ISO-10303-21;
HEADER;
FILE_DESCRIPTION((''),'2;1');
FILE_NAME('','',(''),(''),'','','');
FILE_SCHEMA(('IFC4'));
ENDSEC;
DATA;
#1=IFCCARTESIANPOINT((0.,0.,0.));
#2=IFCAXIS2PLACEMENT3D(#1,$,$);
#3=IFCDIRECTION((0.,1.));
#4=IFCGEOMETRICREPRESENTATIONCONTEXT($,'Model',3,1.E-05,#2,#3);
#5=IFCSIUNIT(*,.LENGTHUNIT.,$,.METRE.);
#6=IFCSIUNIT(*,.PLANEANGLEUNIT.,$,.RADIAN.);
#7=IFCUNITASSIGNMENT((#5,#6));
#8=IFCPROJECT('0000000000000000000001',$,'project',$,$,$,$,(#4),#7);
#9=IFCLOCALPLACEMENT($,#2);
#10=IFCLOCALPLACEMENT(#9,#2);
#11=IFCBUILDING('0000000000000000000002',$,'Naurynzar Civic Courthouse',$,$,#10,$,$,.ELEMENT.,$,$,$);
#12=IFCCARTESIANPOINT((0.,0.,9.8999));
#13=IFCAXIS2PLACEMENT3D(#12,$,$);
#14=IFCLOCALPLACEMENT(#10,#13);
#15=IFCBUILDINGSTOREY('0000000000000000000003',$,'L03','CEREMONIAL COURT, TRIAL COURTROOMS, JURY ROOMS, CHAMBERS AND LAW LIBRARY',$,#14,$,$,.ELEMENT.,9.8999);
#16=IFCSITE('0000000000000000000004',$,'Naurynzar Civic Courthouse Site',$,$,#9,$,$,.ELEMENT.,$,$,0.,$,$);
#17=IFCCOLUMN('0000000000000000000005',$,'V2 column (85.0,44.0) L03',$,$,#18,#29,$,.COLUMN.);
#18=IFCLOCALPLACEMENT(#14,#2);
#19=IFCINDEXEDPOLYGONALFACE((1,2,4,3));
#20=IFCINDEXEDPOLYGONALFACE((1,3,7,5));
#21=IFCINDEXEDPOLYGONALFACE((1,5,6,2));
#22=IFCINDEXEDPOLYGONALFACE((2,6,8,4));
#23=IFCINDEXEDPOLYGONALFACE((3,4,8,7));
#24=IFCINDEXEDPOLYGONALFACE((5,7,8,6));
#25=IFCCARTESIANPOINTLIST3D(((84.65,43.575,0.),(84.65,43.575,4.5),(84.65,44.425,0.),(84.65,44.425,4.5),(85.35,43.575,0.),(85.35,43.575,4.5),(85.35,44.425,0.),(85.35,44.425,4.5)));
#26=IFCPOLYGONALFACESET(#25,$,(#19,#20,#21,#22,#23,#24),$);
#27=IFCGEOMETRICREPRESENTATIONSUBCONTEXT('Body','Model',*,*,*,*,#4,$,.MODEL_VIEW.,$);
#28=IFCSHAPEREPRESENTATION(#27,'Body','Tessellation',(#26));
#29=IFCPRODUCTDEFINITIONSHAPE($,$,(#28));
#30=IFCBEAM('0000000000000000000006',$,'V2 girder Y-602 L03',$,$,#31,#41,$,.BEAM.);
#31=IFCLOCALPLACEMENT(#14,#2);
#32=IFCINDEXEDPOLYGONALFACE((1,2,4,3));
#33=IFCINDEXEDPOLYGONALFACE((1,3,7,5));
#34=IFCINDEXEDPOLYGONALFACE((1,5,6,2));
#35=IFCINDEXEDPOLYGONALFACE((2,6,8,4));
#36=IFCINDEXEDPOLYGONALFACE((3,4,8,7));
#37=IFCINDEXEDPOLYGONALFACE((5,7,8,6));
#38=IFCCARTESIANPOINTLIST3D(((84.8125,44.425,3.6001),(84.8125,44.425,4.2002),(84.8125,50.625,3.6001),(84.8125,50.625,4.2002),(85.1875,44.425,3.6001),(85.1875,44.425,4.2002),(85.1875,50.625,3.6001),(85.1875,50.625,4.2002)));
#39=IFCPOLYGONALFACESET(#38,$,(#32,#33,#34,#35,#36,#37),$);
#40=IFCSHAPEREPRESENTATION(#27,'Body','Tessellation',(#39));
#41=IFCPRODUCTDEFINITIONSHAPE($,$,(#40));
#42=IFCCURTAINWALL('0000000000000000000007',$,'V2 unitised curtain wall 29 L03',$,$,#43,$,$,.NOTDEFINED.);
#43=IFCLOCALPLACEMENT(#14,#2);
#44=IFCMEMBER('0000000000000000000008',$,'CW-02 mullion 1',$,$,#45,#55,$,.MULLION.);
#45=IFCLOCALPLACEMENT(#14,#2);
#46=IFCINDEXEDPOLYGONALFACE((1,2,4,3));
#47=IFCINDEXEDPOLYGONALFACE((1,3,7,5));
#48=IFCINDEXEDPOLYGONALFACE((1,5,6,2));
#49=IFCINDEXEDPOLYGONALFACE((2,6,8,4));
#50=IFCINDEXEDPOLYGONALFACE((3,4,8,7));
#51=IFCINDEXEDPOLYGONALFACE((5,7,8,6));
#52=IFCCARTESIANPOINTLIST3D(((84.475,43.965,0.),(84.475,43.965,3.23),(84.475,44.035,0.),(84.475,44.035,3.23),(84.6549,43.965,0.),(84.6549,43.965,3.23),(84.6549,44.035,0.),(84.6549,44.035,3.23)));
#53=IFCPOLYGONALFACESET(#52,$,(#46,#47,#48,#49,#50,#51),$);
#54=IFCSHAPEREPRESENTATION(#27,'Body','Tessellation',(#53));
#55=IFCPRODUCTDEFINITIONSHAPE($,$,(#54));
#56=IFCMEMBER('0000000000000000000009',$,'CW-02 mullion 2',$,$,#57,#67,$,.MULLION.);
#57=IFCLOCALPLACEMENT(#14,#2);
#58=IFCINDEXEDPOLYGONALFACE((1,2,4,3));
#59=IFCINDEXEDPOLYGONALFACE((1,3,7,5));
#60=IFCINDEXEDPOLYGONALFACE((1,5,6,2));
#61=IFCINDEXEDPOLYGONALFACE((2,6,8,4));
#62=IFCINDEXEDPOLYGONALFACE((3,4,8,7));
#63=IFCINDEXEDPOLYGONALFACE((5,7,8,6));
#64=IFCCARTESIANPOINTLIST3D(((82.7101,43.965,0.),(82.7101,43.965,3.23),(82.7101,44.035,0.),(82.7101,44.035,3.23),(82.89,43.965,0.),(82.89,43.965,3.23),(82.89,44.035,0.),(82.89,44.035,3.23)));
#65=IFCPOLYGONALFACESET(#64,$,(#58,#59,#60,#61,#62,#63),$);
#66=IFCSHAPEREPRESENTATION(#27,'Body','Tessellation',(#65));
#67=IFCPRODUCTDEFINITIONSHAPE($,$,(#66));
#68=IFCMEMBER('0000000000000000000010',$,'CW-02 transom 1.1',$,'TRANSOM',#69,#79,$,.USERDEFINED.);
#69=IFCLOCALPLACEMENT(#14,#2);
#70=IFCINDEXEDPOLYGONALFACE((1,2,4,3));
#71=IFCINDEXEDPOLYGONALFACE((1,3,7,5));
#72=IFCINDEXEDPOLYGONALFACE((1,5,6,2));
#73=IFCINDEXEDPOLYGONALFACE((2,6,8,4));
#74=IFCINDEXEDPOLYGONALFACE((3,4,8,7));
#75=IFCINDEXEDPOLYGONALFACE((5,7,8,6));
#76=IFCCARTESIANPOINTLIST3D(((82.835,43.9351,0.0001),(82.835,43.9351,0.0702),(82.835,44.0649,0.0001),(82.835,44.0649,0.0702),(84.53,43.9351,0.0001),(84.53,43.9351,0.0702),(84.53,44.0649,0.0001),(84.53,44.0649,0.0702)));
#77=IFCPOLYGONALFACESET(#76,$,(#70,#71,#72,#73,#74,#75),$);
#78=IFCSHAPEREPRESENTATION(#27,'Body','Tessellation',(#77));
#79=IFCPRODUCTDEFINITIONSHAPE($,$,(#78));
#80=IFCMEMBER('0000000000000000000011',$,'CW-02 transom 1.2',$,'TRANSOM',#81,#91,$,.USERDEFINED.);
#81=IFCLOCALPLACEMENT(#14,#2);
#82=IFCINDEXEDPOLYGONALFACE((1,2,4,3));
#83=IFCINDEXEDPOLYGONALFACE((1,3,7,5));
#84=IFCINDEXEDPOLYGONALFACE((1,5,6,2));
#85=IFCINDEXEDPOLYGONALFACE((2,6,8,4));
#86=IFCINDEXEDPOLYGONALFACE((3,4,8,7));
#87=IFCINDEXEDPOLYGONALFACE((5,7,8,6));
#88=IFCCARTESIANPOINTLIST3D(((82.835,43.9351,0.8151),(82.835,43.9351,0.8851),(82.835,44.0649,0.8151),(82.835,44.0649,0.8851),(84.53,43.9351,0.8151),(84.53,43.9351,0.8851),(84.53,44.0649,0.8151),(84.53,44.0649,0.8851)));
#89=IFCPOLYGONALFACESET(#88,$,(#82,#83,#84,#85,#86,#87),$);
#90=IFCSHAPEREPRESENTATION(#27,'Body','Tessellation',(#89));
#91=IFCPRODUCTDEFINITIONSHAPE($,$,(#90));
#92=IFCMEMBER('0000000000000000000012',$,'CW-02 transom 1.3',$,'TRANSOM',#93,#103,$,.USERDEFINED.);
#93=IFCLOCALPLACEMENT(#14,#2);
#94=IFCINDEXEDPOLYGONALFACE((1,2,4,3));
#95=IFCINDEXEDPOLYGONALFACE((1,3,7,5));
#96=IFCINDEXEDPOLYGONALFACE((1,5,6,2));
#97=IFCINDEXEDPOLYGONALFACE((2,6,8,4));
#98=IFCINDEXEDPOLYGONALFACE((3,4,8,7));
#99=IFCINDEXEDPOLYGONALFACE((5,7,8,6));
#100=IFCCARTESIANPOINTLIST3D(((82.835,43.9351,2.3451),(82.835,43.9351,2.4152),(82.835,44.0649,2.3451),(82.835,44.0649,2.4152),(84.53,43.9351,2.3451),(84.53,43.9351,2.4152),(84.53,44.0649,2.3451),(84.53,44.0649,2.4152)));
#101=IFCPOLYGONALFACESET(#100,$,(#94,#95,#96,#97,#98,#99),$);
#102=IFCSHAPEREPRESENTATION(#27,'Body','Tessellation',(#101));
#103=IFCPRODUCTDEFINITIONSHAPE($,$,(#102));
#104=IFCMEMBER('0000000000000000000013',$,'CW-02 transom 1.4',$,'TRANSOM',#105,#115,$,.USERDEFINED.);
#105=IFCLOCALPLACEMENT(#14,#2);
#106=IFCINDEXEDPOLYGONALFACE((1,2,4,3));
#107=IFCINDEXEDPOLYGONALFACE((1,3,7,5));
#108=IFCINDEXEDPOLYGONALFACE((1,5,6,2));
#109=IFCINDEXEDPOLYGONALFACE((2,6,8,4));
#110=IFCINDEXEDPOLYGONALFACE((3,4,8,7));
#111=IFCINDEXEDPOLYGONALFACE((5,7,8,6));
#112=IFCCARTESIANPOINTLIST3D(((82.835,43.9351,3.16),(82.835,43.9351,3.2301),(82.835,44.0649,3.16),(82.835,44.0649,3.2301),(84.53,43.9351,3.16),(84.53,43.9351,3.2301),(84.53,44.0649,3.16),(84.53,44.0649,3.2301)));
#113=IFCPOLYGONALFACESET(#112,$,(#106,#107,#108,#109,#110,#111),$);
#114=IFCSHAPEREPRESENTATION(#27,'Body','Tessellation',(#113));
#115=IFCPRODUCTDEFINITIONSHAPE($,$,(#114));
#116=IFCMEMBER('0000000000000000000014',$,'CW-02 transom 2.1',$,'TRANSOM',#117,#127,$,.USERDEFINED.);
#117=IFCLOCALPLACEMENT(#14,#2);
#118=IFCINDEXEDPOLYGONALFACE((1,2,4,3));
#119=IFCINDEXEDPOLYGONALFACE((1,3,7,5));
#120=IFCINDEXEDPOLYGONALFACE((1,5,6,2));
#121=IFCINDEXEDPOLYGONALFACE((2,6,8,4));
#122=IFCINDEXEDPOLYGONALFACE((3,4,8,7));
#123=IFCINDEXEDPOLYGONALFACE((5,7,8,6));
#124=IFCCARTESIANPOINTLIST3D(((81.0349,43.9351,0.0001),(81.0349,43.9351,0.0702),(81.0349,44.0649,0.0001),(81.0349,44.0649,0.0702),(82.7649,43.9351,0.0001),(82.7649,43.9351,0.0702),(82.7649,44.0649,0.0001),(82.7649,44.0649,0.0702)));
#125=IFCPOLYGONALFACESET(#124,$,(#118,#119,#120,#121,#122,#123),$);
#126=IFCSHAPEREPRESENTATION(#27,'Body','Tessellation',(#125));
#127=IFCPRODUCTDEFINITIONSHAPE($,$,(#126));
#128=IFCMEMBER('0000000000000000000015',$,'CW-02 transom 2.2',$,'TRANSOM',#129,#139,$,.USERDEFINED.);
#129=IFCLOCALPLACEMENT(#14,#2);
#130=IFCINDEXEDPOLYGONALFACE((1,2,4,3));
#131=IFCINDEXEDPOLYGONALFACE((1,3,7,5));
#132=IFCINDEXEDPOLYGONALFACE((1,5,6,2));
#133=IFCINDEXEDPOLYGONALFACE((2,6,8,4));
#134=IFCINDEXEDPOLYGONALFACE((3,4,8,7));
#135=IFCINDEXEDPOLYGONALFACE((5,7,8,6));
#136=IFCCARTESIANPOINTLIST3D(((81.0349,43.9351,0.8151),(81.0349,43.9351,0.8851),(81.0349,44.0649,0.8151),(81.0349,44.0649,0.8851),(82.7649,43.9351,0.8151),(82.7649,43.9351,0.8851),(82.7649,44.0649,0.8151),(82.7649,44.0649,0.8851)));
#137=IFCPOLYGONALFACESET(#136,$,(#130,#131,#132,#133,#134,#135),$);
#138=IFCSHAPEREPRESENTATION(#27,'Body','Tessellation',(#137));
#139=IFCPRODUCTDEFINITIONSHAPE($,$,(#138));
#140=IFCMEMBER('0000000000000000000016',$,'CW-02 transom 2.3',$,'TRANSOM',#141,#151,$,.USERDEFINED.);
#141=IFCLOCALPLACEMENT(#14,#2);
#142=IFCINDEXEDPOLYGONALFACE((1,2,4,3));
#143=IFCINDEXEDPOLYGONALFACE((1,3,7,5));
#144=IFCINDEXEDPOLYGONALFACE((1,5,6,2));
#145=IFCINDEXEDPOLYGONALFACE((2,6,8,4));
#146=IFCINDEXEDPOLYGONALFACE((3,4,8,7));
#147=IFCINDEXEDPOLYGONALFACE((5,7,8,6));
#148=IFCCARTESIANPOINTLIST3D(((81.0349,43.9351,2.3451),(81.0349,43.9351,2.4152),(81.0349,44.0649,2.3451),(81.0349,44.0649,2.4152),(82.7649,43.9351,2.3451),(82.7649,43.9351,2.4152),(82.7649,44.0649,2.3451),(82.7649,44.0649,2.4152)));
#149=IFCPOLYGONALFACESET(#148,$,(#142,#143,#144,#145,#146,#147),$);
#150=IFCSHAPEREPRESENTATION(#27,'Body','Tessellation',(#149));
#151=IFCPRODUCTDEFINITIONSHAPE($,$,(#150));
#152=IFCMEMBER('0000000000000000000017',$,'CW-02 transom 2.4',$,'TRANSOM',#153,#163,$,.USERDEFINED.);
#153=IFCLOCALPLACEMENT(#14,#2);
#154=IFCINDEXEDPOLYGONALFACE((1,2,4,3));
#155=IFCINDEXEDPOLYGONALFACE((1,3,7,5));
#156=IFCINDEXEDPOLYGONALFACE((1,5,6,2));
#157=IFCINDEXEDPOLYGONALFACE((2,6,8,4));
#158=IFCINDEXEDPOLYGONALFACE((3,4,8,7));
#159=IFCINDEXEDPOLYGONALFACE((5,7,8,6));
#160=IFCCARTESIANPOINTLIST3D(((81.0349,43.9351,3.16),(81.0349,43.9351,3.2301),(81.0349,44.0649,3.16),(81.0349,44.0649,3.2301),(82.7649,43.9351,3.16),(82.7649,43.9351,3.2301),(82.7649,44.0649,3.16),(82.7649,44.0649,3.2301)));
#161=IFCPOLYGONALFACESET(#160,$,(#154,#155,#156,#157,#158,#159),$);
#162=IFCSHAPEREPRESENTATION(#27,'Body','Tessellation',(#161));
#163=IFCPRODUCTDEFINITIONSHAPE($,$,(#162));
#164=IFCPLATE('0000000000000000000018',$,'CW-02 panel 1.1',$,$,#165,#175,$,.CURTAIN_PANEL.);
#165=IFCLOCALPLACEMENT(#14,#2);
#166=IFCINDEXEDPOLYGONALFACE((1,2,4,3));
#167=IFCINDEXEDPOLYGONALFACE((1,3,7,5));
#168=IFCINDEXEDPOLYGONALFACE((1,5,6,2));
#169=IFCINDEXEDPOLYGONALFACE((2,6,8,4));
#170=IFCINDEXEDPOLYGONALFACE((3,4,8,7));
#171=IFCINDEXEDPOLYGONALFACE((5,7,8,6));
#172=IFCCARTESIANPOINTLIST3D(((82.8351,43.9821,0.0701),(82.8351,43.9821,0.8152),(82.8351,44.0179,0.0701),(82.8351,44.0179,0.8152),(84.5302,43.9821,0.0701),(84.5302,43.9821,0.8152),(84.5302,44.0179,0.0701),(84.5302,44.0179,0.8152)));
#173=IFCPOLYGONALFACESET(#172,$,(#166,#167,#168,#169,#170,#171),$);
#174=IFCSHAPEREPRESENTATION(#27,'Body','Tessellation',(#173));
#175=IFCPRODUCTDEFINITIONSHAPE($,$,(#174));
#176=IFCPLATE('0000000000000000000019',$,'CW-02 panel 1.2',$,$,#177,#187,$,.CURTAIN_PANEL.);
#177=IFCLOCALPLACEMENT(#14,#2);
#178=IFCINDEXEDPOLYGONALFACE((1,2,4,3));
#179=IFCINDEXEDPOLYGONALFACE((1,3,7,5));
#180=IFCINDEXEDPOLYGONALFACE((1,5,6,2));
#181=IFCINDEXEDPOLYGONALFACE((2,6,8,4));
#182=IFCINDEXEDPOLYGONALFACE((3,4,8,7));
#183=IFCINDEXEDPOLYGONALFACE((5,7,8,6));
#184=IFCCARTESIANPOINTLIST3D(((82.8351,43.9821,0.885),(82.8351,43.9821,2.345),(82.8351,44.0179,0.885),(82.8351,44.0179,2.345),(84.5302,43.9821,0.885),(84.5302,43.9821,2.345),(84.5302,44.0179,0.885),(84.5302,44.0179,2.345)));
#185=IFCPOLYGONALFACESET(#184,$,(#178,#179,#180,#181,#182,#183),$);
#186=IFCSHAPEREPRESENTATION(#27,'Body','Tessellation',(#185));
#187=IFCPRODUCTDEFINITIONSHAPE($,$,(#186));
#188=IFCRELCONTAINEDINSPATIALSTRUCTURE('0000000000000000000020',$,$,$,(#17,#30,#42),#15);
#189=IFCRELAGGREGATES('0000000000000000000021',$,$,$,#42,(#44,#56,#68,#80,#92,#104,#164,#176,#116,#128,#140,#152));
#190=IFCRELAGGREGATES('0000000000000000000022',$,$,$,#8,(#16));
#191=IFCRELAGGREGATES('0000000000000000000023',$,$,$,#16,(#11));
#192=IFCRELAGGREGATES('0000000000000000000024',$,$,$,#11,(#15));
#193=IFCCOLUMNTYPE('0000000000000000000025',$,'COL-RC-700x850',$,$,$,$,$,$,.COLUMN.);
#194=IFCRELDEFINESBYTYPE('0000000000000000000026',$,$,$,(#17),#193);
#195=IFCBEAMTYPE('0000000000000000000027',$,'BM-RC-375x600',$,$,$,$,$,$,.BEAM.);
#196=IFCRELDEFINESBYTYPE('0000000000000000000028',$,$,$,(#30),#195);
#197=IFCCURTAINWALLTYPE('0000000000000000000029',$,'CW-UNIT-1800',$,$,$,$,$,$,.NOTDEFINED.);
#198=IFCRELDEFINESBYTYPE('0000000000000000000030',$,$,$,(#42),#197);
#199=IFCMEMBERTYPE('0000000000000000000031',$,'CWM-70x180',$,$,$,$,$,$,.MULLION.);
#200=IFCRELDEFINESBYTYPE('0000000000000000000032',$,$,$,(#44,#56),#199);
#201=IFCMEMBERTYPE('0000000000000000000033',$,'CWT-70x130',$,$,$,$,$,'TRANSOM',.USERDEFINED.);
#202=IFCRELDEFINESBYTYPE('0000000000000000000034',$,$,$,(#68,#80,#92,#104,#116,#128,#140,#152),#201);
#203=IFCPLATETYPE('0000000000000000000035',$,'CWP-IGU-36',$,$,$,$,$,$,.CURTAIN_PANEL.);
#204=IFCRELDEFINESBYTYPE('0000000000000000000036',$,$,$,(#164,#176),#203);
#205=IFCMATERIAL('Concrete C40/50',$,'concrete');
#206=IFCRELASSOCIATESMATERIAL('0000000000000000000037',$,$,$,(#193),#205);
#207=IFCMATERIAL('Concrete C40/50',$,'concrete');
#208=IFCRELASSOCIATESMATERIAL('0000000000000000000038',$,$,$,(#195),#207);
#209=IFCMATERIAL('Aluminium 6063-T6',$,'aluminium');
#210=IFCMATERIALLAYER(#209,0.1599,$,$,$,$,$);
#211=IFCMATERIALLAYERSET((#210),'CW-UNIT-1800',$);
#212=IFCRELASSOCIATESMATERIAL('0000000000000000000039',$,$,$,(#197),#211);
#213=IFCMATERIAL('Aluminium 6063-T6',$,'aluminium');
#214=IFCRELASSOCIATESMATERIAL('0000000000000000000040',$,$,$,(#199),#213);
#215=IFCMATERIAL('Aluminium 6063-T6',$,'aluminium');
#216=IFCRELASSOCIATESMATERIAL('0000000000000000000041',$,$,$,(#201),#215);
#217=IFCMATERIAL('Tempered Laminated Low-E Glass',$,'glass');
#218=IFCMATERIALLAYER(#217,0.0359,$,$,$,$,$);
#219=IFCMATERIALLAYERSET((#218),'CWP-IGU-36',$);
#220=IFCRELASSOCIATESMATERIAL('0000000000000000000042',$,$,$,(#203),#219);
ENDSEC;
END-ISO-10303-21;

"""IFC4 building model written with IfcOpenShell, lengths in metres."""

from ifc_helpers import new_model, si_unit, direction, frame, origin, origin_2d, place, context, subcontext, project, spatial, rectangle, extrude, material, layer, layer_set, material_profile, profile_set, type_object, element, aggregate, save


model = new_model("IFC4")

# Units and contexts
model_context = context("Model", 3, precision=1e-05, world=origin(), true_north=direction((0.0, 1.0)))
body_context = subcontext(model_context, "Body", "Model", "MODEL_VIEW")
ifc_project = project(units=[si_unit("LENGTHUNIT", "METRE"), si_unit("PLANEANGLEUNIT", "RADIAN")], contexts=[model_context])

# Site, building, storey
site_placement = place(None, origin())
site = spatial("IfcSite", under=ifc_project, at=site_placement, Name="Naurynzar Civic Courthouse Site", CompositionType="ELEMENT", RefElevation=0.0)
building_placement = place(site_placement, origin())
building = spatial("IfcBuilding", under=site, at=building_placement, Name="Naurynzar Civic Courthouse", CompositionType="ELEMENT")
storey_placement = place(building_placement, frame((0.0, 0.0, 9.8999)))
storey = spatial("IfcBuildingStorey", under=building, at=storey_placement, Name="L03", Description="CEREMONIAL COURT, TRIAL COURTROOMS, JURY ROOMS, CHAMBERS AND LAW LIBRARY", CompositionType="ELEMENT", Elevation=9.8999)

# Column
ifc_material_1 = material(Name="Concrete C40/50", Category="concrete")
ifc_material_profile_1 = material_profile(ifc_material_1, rectangle(XDim=0.7, YDim=0.8501, at=origin_2d()), Name="RC 700x850")
ifc_profile_set_1 = profile_set([ifc_material_profile_1], Name="Concrete C40/50")
column_type = type_object("IfcColumnType", Name="COL-RC-700x850", PredefinedType="COLUMN", material=ifc_profile_set_1)
column_placement = place(storey_placement, frame((85.0, 44.0, 0.0), z_axis=(0.0, 0.0, 1.0), x_axis=(1.0, 0.0, 0.0)))
element("IfcColumn", 1, at=column_placement, inside=storey, type_object=column_type, Name="V2 column (85.0,44.0) L03", PredefinedType="COLUMN", context=body_context, shape_type="SweptSolid", body=[
    extrude(rectangle(XDim=0.7, YDim=0.8501, at=origin_2d()), origin(), (0.0, 0.0, 1.0), 4.5),
])

# Beam
ifc_material_2 = material(Name="Concrete C40/50", Category="concrete")
ifc_material_profile_2 = material_profile(ifc_material_2, rectangle(XDim=0.375, YDim=0.6001, at=origin_2d()), Name="RCB 375x600")
ifc_profile_set_2 = profile_set([ifc_material_profile_2], Name="Concrete C40/50")
beam_type = type_object("IfcBeamType", Name="BM-RC-375x600", PredefinedType="BEAM", material=ifc_profile_set_2)
beam_placement = place(storey_placement, frame((85.0, 44.425, 3.9001), z_axis=(0.0, 1.0, 0.0), x_axis=(-1.0, 0.0, 0.0)))
element("IfcBeam", 2, at=beam_placement, inside=storey, type_object=beam_type, Name="V2 girder Y-602 L03", PredefinedType="BEAM", context=body_context, shape_type="SweptSolid", body=[
    extrude(rectangle(XDim=0.375, YDim=0.6001, at=origin_2d()), origin(), (0.0, 0.0, 1.0), 6.2),
])

# Curtain wall, members, plates
ifc_material_3 = material(Name="Aluminium 6063-T6", Category="aluminium")
ifc_layer_1 = layer(ifc_material_3, 0.1599)
ifc_layer_set_1 = layer_set([ifc_layer_1], Name="CW-UNIT-1800")
curtain_wall_type = type_object("IfcCurtainWallType", Name="CW-UNIT-1800", PredefinedType="NOTDEFINED", material=ifc_layer_set_1)
curtain_wall_placement = place(storey_placement, origin())
curtain_wall = element("IfcCurtainWall", 3, at=curtain_wall_placement, inside=storey, type_object=curtain_wall_type, Name="V2 unitised curtain wall 29 L03", PredefinedType="NOTDEFINED")
ifc_material_4 = material(Name="Aluminium 6063-T6", Category="aluminium")
ifc_material_profile_3 = material_profile(ifc_material_4, rectangle(XDim=0.0701, YDim=0.1799, at=origin_2d()), Name="ALU MULLION 70x180")
ifc_profile_set_3 = profile_set([ifc_material_profile_3], Name="Aluminium 6063-T6")
member_type_1 = type_object("IfcMemberType", Name="CWM-70x180", PredefinedType="MULLION", material=ifc_profile_set_3)
member_1_placement = place(storey_placement, frame((84.5649, 44.0, 0.0), z_axis=(0.0, 0.0, 1.0), x_axis=(0.0, -1.0, 0.0)))
member_1 = element("IfcMember", 4, at=member_1_placement, type_object=member_type_1, Name="CW-02 mullion 1", PredefinedType="MULLION", context=body_context, shape_type="SweptSolid", body=[
    extrude(rectangle(XDim=0.0701, YDim=0.1799, at=origin_2d()), origin(), (0.0, 0.0, 1.0), 3.23),
])
member_2_placement = place(storey_placement, frame((82.8, 44.0, 0.0), z_axis=(0.0, 0.0, 1.0), x_axis=(0.0, -1.0, 0.0)))
member_2 = element("IfcMember", 5, at=member_2_placement, type_object=member_type_1, Name="CW-02 mullion 2", PredefinedType="MULLION", context=body_context, shape_type="SweptSolid", body=[
    extrude(rectangle(XDim=0.0701, YDim=0.1799, at=origin_2d()), origin(), (0.0, 0.0, 1.0), 3.23),
])
ifc_material_5 = material(Name="Aluminium 6063-T6", Category="aluminium")
ifc_material_profile_4 = material_profile(ifc_material_5, rectangle(XDim=0.1299, YDim=0.0701, at=origin_2d()), Name="ALU TRANSOM 70x130")
ifc_profile_set_4 = profile_set([ifc_material_profile_4], Name="Aluminium 6063-T6")
member_type_2 = type_object("IfcMemberType", Name="CWT-70x130", ElementType="TRANSOM", PredefinedType="USERDEFINED", material=ifc_profile_set_4)
member_3_placement = place(storey_placement, frame((84.53, 44.0, 0.0352), z_axis=(-1.0, 0.0, 0.0), x_axis=(0.0, -1.0, 0.0)))
member_3 = element("IfcMember", 6, at=member_3_placement, type_object=member_type_2, Name="CW-02 transom 1.1", ObjectType="TRANSOM", PredefinedType="USERDEFINED", context=body_context, shape_type="SweptSolid", body=[
    extrude(rectangle(XDim=0.1299, YDim=0.0701, at=origin_2d()), origin(), (0.0, 0.0, 1.0), 1.6951),
])
member_4_placement = place(storey_placement, frame((84.53, 44.0, 0.8501), z_axis=(-1.0, 0.0, 0.0), x_axis=(0.0, -1.0, 0.0)))
member_4 = element("IfcMember", 7, at=member_4_placement, type_object=member_type_2, Name="CW-02 transom 1.2", ObjectType="TRANSOM", PredefinedType="USERDEFINED", context=body_context, shape_type="SweptSolid", body=[
    extrude(rectangle(XDim=0.1299, YDim=0.0701, at=origin_2d()), origin(), (0.0, 0.0, 1.0), 1.6951),
])
member_5_placement = place(storey_placement, frame((84.53, 44.0, 2.3801), z_axis=(-1.0, 0.0, 0.0), x_axis=(0.0, -1.0, 0.0)))
member_5 = element("IfcMember", 8, at=member_5_placement, type_object=member_type_2, Name="CW-02 transom 1.3", ObjectType="TRANSOM", PredefinedType="USERDEFINED", context=body_context, shape_type="SweptSolid", body=[
    extrude(rectangle(XDim=0.1299, YDim=0.0701, at=origin_2d()), origin(), (0.0, 0.0, 1.0), 1.6951),
])
member_6_placement = place(storey_placement, frame((84.53, 44.0, 3.1951), z_axis=(-1.0, 0.0, 0.0), x_axis=(0.0, -1.0, 0.0)))
member_6 = element("IfcMember", 9, at=member_6_placement, type_object=member_type_2, Name="CW-02 transom 1.4", ObjectType="TRANSOM", PredefinedType="USERDEFINED", context=body_context, shape_type="SweptSolid", body=[
    extrude(rectangle(XDim=0.1299, YDim=0.0701, at=origin_2d()), origin(), (0.0, 0.0, 1.0), 1.6951),
])
member_7_placement = place(storey_placement, frame((82.7649, 44.0, 0.0352), z_axis=(-1.0, 0.0, 0.0), x_axis=(0.0, -1.0, 0.0)))
member_7 = element("IfcMember", 10, at=member_7_placement, type_object=member_type_2, Name="CW-02 transom 2.1", ObjectType="TRANSOM", PredefinedType="USERDEFINED", context=body_context, shape_type="SweptSolid", body=[
    extrude(rectangle(XDim=0.1299, YDim=0.0701, at=origin_2d()), origin(), (0.0, 0.0, 1.0), 1.73),
])
member_8_placement = place(storey_placement, frame((82.7649, 44.0, 0.8501), z_axis=(-1.0, 0.0, 0.0), x_axis=(0.0, -1.0, 0.0)))
member_8 = element("IfcMember", 11, at=member_8_placement, type_object=member_type_2, Name="CW-02 transom 2.2", ObjectType="TRANSOM", PredefinedType="USERDEFINED", context=body_context, shape_type="SweptSolid", body=[
    extrude(rectangle(XDim=0.1299, YDim=0.0701, at=origin_2d()), origin(), (0.0, 0.0, 1.0), 1.73),
])
member_9_placement = place(storey_placement, frame((82.7649, 44.0, 2.3801), z_axis=(-1.0, 0.0, 0.0), x_axis=(0.0, -1.0, 0.0)))
member_9 = element("IfcMember", 12, at=member_9_placement, type_object=member_type_2, Name="CW-02 transom 2.3", ObjectType="TRANSOM", PredefinedType="USERDEFINED", context=body_context, shape_type="SweptSolid", body=[
    extrude(rectangle(XDim=0.1299, YDim=0.0701, at=origin_2d()), origin(), (0.0, 0.0, 1.0), 1.73),
])
member_10_placement = place(storey_placement, frame((82.7649, 44.0, 3.1951), z_axis=(-1.0, 0.0, 0.0), x_axis=(0.0, -1.0, 0.0)))
member_10 = element("IfcMember", 13, at=member_10_placement, type_object=member_type_2, Name="CW-02 transom 2.4", ObjectType="TRANSOM", PredefinedType="USERDEFINED", context=body_context, shape_type="SweptSolid", body=[
    extrude(rectangle(XDim=0.1299, YDim=0.0701, at=origin_2d()), origin(), (0.0, 0.0, 1.0), 1.73),
])
ifc_material_6 = material(Name="Tempered Laminated Low-E Glass", Category="glass")
ifc_layer_2 = layer(ifc_material_6, 0.0359)
ifc_layer_set_2 = layer_set([ifc_layer_2], Name="CWP-IGU-36")
plate_type = type_object("IfcPlateType", Name="CWP-IGU-36", PredefinedType="CURTAIN_PANEL", material=ifc_layer_set_2)
plate_1_placement = place(storey_placement, frame((83.6826, 44.0, 0.0701), z_axis=(0.0, 0.0, 1.0), x_axis=(-1.0, 0.0, 0.0)))
plate_1 = element("IfcPlate", 14, at=plate_1_placement, type_object=plate_type, Name="CW-02 panel 1.1", PredefinedType="CURTAIN_PANEL", context=body_context, shape_type="SweptSolid", body=[
    extrude(rectangle(XDim=1.6951, YDim=0.0359, at=origin_2d()), origin(), (0.0, 0.0, 1.0), 0.7451),
])
plate_2_placement = place(storey_placement, frame((83.6826, 44.0, 0.885), z_axis=(0.0, 0.0, 1.0), x_axis=(-1.0, 0.0, 0.0)))
plate_2 = element("IfcPlate", 15, at=plate_2_placement, type_object=plate_type, Name="CW-02 panel 1.2", PredefinedType="CURTAIN_PANEL", context=body_context, shape_type="SweptSolid", body=[
    extrude(rectangle(XDim=1.6951, YDim=0.0359, at=origin_2d()), origin(), (0.0, 0.0, 1.0), 1.46),
])
aggregate(curtain_wall, [member_1, member_2, member_3, member_4, member_5, member_6, plate_1, plate_2, member_7, member_8, member_9, member_10])

save(model, "model.ifc")
